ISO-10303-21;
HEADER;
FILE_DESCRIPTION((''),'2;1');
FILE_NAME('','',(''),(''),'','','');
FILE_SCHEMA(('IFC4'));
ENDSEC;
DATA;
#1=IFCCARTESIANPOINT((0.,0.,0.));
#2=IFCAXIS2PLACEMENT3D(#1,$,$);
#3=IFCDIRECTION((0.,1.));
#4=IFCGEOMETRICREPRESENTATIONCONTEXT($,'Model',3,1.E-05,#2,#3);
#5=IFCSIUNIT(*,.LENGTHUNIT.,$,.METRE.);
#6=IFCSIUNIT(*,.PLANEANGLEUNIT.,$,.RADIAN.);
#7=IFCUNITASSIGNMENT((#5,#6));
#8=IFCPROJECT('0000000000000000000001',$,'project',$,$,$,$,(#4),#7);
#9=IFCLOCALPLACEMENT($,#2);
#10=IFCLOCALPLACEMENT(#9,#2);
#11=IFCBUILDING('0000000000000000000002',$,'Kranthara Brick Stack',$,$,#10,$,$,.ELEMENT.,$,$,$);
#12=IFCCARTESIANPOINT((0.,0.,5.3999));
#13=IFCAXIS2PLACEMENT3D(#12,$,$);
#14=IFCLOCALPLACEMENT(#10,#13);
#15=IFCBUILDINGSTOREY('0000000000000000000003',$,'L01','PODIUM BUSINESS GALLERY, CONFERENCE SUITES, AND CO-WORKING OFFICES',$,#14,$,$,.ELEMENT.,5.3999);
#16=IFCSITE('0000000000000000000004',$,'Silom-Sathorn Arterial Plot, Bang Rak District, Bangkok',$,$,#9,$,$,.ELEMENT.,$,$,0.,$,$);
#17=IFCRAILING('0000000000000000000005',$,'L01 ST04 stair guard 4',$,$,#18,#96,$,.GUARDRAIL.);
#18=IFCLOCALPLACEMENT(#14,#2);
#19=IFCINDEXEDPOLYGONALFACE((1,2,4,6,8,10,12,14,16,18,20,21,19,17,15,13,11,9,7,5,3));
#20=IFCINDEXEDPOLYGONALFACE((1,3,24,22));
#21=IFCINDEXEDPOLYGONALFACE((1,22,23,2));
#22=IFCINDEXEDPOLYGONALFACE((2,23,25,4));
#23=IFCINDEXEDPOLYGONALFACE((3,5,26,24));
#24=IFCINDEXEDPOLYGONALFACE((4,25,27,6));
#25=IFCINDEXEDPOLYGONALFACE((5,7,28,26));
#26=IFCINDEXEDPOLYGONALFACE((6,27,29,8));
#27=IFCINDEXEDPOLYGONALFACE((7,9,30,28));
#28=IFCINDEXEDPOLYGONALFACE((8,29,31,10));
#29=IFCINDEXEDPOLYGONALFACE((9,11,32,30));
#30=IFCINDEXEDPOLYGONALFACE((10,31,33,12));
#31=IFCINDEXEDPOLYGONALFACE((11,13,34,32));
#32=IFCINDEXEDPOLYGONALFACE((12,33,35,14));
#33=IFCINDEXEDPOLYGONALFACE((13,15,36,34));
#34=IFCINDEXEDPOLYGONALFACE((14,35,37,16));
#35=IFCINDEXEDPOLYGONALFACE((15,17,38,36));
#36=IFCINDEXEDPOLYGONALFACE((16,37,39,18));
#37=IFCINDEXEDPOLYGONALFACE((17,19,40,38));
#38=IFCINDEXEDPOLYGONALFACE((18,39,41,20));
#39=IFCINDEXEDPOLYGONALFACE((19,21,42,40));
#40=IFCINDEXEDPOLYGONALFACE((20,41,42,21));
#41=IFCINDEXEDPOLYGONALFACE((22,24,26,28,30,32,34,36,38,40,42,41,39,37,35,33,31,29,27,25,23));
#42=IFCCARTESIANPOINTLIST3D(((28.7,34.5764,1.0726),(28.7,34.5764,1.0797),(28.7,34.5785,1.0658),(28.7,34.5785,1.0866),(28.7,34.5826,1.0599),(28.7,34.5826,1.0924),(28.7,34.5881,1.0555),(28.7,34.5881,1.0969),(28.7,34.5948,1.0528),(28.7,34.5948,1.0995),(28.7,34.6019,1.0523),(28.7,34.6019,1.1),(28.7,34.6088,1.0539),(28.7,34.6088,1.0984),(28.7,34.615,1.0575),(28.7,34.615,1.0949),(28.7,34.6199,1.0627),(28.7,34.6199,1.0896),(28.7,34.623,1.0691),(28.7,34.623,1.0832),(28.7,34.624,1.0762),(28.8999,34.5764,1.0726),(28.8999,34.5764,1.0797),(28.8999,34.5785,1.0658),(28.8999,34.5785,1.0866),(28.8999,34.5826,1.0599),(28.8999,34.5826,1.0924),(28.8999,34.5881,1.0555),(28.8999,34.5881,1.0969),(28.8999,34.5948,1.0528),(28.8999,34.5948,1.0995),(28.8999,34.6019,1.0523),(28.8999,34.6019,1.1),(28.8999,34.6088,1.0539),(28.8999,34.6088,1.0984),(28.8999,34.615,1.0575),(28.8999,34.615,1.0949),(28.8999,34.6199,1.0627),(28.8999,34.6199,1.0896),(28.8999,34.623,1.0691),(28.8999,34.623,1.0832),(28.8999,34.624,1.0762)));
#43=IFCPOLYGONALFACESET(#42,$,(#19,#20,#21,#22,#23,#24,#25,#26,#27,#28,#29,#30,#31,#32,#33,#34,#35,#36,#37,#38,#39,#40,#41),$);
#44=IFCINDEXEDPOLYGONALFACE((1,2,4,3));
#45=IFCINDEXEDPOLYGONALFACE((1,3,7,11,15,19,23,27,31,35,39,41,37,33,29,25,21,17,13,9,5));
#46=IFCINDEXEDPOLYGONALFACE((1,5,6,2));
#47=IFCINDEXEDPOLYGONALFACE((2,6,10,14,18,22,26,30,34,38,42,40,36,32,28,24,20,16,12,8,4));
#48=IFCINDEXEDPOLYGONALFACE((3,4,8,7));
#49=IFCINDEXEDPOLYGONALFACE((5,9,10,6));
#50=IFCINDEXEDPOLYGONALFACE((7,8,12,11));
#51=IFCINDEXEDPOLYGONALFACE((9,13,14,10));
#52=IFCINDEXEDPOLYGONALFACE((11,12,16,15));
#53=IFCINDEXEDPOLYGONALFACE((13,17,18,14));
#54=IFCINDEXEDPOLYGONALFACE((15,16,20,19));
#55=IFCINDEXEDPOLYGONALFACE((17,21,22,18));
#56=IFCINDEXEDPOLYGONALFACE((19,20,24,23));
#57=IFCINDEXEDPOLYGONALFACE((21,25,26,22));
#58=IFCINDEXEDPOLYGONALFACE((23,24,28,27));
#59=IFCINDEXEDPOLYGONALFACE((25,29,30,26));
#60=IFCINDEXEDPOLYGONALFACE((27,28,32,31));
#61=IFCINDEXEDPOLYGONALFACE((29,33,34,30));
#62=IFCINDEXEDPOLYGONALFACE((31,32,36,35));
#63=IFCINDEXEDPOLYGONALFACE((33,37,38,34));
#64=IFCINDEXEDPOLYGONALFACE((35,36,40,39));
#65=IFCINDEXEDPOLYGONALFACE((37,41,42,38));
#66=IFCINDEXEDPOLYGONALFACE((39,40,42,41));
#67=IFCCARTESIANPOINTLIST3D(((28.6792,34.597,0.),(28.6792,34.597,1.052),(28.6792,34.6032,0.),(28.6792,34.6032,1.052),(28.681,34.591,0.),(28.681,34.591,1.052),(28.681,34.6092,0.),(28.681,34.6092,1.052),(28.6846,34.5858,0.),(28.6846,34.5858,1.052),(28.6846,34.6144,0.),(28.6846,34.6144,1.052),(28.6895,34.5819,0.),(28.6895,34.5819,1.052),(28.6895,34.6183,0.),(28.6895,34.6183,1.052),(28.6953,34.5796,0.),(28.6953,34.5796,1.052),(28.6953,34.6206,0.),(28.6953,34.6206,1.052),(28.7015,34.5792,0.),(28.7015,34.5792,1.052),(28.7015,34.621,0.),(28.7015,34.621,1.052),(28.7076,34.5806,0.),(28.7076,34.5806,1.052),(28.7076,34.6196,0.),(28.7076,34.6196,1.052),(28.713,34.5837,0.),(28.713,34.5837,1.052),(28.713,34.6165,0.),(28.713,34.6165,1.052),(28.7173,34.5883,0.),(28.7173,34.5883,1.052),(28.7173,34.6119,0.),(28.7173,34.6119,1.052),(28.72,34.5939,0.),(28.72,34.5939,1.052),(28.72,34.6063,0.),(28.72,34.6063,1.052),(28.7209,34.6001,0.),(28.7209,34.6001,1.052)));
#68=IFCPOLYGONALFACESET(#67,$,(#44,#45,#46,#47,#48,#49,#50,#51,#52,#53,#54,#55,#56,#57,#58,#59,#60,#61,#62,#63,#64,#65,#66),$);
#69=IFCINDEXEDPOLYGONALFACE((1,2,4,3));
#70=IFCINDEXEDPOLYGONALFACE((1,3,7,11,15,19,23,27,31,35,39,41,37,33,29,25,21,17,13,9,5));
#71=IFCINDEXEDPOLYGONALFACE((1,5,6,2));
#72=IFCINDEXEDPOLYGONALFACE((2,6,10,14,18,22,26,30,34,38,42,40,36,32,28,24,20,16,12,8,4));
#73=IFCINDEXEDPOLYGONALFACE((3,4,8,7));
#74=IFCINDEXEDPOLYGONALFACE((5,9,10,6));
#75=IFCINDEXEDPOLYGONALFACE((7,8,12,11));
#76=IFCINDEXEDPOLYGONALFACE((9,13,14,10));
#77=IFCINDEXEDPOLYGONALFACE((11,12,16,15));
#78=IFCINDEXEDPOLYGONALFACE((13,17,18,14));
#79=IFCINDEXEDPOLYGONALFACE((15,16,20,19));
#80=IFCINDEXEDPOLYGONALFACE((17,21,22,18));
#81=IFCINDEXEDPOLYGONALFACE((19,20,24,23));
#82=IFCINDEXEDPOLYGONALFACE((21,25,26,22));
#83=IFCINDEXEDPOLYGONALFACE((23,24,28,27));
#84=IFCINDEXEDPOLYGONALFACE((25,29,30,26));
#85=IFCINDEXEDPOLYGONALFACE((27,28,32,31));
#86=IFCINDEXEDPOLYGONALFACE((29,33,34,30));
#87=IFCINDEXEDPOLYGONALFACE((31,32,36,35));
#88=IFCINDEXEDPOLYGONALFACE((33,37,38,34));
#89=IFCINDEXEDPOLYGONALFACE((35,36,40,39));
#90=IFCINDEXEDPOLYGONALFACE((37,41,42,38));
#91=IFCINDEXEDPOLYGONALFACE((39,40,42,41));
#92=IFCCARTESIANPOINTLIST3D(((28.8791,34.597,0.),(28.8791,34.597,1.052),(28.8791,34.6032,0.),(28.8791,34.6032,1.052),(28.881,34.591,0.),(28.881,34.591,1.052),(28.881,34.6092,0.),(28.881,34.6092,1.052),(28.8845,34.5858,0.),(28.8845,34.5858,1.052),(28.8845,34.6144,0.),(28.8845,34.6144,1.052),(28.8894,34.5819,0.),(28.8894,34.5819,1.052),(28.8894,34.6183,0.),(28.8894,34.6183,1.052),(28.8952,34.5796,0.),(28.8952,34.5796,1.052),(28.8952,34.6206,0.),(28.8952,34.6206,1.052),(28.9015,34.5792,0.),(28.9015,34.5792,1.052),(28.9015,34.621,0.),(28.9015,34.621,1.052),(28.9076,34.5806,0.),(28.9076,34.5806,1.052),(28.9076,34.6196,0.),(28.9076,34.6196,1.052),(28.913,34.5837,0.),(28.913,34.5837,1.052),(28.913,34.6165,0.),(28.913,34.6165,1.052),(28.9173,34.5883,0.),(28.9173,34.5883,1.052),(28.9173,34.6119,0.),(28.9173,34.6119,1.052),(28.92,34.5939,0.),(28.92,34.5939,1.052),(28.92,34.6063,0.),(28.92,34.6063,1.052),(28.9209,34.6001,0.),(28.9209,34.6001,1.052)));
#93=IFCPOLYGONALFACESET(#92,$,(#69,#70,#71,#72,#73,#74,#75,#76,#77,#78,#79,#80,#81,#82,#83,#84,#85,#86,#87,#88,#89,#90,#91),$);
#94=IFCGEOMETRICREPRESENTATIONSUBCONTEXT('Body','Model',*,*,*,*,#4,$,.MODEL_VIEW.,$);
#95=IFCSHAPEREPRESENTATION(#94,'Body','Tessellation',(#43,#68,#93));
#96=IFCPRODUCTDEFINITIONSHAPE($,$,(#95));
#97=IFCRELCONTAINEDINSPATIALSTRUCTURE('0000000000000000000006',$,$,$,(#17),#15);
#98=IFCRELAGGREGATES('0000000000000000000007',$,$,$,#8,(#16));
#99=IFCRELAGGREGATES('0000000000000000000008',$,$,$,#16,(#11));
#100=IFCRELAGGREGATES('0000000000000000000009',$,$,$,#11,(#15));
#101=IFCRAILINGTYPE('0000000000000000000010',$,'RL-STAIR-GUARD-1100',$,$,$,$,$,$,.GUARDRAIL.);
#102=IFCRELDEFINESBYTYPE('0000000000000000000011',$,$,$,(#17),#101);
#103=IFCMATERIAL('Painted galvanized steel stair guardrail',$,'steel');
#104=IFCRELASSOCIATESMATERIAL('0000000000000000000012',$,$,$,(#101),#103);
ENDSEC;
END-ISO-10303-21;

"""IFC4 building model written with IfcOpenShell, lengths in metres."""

from ifc_helpers import new_model, si_unit, direction, frame, origin, origin_2d, place, context, subcontext, project, spatial, circle, extrude, material, type_object, element, save


model = new_model("IFC4")

# Units and contexts
model_context = context("Model", 3, precision=1e-05, world=origin(), true_north=direction((0.0, 1.0)))
body_context = subcontext(model_context, "Body", "Model", "MODEL_VIEW")
ifc_project = project(units=[si_unit("LENGTHUNIT", "METRE"), si_unit("PLANEANGLEUNIT", "RADIAN")], contexts=[model_context])

# Site, building, storey
site_placement = place(None, origin())
site = spatial("IfcSite", under=ifc_project, at=site_placement, Name="Silom-Sathorn Arterial Plot, Bang Rak District, Bangkok", CompositionType="ELEMENT", RefElevation=0.0)
building_placement = place(site_placement, origin())
building = spatial("IfcBuilding", under=site, at=building_placement, Name="Kranthara Brick Stack", CompositionType="ELEMENT")
storey_placement = place(building_placement, frame((0.0, 0.0, 5.3999)))
storey = spatial("IfcBuildingStorey", under=building, at=storey_placement, Name="L01", Description="PODIUM BUSINESS GALLERY, CONFERENCE SUITES, AND CO-WORKING OFFICES", CompositionType="ELEMENT", Elevation=5.3999)

# Railing
ifc_material_1 = material(Name="Painted galvanized steel stair guardrail", Category="steel")
railing_type_1 = type_object("IfcRailingType", Name="RL-STAIR-GUARD-1100", PredefinedType="GUARDRAIL", material=ifc_material_1)
railing_1_placement = place(storey_placement, frame((28.7, 34.6001, 0.0)))
element("IfcRailing", 1, at=railing_1_placement, inside=storey, type_object=railing_type_1, Name="L01 ST04 stair guard 4", PredefinedType="GUARDRAIL", context=body_context, shape_type="SweptSolid", body=[
    extrude(circle(Radius=0.0239, at=origin_2d()), frame((0.0, 0.0, 1.0762), z_axis=(1.0, 0.0, 0.0), x_axis=(0.0, 1.0, 0.0)), (0.0, 0.0, 1.0), 0.2),
    extrude(circle(Radius=0.021, at=origin_2d()), origin(), (0.0, 0.0, 1.0), 1.052),
    extrude(circle(Radius=0.021, at=origin_2d()), frame((0.2, 0.0, 0.0)), (0.0, 0.0, 1.0), 1.052),
])

save(model, "model.ifc")
